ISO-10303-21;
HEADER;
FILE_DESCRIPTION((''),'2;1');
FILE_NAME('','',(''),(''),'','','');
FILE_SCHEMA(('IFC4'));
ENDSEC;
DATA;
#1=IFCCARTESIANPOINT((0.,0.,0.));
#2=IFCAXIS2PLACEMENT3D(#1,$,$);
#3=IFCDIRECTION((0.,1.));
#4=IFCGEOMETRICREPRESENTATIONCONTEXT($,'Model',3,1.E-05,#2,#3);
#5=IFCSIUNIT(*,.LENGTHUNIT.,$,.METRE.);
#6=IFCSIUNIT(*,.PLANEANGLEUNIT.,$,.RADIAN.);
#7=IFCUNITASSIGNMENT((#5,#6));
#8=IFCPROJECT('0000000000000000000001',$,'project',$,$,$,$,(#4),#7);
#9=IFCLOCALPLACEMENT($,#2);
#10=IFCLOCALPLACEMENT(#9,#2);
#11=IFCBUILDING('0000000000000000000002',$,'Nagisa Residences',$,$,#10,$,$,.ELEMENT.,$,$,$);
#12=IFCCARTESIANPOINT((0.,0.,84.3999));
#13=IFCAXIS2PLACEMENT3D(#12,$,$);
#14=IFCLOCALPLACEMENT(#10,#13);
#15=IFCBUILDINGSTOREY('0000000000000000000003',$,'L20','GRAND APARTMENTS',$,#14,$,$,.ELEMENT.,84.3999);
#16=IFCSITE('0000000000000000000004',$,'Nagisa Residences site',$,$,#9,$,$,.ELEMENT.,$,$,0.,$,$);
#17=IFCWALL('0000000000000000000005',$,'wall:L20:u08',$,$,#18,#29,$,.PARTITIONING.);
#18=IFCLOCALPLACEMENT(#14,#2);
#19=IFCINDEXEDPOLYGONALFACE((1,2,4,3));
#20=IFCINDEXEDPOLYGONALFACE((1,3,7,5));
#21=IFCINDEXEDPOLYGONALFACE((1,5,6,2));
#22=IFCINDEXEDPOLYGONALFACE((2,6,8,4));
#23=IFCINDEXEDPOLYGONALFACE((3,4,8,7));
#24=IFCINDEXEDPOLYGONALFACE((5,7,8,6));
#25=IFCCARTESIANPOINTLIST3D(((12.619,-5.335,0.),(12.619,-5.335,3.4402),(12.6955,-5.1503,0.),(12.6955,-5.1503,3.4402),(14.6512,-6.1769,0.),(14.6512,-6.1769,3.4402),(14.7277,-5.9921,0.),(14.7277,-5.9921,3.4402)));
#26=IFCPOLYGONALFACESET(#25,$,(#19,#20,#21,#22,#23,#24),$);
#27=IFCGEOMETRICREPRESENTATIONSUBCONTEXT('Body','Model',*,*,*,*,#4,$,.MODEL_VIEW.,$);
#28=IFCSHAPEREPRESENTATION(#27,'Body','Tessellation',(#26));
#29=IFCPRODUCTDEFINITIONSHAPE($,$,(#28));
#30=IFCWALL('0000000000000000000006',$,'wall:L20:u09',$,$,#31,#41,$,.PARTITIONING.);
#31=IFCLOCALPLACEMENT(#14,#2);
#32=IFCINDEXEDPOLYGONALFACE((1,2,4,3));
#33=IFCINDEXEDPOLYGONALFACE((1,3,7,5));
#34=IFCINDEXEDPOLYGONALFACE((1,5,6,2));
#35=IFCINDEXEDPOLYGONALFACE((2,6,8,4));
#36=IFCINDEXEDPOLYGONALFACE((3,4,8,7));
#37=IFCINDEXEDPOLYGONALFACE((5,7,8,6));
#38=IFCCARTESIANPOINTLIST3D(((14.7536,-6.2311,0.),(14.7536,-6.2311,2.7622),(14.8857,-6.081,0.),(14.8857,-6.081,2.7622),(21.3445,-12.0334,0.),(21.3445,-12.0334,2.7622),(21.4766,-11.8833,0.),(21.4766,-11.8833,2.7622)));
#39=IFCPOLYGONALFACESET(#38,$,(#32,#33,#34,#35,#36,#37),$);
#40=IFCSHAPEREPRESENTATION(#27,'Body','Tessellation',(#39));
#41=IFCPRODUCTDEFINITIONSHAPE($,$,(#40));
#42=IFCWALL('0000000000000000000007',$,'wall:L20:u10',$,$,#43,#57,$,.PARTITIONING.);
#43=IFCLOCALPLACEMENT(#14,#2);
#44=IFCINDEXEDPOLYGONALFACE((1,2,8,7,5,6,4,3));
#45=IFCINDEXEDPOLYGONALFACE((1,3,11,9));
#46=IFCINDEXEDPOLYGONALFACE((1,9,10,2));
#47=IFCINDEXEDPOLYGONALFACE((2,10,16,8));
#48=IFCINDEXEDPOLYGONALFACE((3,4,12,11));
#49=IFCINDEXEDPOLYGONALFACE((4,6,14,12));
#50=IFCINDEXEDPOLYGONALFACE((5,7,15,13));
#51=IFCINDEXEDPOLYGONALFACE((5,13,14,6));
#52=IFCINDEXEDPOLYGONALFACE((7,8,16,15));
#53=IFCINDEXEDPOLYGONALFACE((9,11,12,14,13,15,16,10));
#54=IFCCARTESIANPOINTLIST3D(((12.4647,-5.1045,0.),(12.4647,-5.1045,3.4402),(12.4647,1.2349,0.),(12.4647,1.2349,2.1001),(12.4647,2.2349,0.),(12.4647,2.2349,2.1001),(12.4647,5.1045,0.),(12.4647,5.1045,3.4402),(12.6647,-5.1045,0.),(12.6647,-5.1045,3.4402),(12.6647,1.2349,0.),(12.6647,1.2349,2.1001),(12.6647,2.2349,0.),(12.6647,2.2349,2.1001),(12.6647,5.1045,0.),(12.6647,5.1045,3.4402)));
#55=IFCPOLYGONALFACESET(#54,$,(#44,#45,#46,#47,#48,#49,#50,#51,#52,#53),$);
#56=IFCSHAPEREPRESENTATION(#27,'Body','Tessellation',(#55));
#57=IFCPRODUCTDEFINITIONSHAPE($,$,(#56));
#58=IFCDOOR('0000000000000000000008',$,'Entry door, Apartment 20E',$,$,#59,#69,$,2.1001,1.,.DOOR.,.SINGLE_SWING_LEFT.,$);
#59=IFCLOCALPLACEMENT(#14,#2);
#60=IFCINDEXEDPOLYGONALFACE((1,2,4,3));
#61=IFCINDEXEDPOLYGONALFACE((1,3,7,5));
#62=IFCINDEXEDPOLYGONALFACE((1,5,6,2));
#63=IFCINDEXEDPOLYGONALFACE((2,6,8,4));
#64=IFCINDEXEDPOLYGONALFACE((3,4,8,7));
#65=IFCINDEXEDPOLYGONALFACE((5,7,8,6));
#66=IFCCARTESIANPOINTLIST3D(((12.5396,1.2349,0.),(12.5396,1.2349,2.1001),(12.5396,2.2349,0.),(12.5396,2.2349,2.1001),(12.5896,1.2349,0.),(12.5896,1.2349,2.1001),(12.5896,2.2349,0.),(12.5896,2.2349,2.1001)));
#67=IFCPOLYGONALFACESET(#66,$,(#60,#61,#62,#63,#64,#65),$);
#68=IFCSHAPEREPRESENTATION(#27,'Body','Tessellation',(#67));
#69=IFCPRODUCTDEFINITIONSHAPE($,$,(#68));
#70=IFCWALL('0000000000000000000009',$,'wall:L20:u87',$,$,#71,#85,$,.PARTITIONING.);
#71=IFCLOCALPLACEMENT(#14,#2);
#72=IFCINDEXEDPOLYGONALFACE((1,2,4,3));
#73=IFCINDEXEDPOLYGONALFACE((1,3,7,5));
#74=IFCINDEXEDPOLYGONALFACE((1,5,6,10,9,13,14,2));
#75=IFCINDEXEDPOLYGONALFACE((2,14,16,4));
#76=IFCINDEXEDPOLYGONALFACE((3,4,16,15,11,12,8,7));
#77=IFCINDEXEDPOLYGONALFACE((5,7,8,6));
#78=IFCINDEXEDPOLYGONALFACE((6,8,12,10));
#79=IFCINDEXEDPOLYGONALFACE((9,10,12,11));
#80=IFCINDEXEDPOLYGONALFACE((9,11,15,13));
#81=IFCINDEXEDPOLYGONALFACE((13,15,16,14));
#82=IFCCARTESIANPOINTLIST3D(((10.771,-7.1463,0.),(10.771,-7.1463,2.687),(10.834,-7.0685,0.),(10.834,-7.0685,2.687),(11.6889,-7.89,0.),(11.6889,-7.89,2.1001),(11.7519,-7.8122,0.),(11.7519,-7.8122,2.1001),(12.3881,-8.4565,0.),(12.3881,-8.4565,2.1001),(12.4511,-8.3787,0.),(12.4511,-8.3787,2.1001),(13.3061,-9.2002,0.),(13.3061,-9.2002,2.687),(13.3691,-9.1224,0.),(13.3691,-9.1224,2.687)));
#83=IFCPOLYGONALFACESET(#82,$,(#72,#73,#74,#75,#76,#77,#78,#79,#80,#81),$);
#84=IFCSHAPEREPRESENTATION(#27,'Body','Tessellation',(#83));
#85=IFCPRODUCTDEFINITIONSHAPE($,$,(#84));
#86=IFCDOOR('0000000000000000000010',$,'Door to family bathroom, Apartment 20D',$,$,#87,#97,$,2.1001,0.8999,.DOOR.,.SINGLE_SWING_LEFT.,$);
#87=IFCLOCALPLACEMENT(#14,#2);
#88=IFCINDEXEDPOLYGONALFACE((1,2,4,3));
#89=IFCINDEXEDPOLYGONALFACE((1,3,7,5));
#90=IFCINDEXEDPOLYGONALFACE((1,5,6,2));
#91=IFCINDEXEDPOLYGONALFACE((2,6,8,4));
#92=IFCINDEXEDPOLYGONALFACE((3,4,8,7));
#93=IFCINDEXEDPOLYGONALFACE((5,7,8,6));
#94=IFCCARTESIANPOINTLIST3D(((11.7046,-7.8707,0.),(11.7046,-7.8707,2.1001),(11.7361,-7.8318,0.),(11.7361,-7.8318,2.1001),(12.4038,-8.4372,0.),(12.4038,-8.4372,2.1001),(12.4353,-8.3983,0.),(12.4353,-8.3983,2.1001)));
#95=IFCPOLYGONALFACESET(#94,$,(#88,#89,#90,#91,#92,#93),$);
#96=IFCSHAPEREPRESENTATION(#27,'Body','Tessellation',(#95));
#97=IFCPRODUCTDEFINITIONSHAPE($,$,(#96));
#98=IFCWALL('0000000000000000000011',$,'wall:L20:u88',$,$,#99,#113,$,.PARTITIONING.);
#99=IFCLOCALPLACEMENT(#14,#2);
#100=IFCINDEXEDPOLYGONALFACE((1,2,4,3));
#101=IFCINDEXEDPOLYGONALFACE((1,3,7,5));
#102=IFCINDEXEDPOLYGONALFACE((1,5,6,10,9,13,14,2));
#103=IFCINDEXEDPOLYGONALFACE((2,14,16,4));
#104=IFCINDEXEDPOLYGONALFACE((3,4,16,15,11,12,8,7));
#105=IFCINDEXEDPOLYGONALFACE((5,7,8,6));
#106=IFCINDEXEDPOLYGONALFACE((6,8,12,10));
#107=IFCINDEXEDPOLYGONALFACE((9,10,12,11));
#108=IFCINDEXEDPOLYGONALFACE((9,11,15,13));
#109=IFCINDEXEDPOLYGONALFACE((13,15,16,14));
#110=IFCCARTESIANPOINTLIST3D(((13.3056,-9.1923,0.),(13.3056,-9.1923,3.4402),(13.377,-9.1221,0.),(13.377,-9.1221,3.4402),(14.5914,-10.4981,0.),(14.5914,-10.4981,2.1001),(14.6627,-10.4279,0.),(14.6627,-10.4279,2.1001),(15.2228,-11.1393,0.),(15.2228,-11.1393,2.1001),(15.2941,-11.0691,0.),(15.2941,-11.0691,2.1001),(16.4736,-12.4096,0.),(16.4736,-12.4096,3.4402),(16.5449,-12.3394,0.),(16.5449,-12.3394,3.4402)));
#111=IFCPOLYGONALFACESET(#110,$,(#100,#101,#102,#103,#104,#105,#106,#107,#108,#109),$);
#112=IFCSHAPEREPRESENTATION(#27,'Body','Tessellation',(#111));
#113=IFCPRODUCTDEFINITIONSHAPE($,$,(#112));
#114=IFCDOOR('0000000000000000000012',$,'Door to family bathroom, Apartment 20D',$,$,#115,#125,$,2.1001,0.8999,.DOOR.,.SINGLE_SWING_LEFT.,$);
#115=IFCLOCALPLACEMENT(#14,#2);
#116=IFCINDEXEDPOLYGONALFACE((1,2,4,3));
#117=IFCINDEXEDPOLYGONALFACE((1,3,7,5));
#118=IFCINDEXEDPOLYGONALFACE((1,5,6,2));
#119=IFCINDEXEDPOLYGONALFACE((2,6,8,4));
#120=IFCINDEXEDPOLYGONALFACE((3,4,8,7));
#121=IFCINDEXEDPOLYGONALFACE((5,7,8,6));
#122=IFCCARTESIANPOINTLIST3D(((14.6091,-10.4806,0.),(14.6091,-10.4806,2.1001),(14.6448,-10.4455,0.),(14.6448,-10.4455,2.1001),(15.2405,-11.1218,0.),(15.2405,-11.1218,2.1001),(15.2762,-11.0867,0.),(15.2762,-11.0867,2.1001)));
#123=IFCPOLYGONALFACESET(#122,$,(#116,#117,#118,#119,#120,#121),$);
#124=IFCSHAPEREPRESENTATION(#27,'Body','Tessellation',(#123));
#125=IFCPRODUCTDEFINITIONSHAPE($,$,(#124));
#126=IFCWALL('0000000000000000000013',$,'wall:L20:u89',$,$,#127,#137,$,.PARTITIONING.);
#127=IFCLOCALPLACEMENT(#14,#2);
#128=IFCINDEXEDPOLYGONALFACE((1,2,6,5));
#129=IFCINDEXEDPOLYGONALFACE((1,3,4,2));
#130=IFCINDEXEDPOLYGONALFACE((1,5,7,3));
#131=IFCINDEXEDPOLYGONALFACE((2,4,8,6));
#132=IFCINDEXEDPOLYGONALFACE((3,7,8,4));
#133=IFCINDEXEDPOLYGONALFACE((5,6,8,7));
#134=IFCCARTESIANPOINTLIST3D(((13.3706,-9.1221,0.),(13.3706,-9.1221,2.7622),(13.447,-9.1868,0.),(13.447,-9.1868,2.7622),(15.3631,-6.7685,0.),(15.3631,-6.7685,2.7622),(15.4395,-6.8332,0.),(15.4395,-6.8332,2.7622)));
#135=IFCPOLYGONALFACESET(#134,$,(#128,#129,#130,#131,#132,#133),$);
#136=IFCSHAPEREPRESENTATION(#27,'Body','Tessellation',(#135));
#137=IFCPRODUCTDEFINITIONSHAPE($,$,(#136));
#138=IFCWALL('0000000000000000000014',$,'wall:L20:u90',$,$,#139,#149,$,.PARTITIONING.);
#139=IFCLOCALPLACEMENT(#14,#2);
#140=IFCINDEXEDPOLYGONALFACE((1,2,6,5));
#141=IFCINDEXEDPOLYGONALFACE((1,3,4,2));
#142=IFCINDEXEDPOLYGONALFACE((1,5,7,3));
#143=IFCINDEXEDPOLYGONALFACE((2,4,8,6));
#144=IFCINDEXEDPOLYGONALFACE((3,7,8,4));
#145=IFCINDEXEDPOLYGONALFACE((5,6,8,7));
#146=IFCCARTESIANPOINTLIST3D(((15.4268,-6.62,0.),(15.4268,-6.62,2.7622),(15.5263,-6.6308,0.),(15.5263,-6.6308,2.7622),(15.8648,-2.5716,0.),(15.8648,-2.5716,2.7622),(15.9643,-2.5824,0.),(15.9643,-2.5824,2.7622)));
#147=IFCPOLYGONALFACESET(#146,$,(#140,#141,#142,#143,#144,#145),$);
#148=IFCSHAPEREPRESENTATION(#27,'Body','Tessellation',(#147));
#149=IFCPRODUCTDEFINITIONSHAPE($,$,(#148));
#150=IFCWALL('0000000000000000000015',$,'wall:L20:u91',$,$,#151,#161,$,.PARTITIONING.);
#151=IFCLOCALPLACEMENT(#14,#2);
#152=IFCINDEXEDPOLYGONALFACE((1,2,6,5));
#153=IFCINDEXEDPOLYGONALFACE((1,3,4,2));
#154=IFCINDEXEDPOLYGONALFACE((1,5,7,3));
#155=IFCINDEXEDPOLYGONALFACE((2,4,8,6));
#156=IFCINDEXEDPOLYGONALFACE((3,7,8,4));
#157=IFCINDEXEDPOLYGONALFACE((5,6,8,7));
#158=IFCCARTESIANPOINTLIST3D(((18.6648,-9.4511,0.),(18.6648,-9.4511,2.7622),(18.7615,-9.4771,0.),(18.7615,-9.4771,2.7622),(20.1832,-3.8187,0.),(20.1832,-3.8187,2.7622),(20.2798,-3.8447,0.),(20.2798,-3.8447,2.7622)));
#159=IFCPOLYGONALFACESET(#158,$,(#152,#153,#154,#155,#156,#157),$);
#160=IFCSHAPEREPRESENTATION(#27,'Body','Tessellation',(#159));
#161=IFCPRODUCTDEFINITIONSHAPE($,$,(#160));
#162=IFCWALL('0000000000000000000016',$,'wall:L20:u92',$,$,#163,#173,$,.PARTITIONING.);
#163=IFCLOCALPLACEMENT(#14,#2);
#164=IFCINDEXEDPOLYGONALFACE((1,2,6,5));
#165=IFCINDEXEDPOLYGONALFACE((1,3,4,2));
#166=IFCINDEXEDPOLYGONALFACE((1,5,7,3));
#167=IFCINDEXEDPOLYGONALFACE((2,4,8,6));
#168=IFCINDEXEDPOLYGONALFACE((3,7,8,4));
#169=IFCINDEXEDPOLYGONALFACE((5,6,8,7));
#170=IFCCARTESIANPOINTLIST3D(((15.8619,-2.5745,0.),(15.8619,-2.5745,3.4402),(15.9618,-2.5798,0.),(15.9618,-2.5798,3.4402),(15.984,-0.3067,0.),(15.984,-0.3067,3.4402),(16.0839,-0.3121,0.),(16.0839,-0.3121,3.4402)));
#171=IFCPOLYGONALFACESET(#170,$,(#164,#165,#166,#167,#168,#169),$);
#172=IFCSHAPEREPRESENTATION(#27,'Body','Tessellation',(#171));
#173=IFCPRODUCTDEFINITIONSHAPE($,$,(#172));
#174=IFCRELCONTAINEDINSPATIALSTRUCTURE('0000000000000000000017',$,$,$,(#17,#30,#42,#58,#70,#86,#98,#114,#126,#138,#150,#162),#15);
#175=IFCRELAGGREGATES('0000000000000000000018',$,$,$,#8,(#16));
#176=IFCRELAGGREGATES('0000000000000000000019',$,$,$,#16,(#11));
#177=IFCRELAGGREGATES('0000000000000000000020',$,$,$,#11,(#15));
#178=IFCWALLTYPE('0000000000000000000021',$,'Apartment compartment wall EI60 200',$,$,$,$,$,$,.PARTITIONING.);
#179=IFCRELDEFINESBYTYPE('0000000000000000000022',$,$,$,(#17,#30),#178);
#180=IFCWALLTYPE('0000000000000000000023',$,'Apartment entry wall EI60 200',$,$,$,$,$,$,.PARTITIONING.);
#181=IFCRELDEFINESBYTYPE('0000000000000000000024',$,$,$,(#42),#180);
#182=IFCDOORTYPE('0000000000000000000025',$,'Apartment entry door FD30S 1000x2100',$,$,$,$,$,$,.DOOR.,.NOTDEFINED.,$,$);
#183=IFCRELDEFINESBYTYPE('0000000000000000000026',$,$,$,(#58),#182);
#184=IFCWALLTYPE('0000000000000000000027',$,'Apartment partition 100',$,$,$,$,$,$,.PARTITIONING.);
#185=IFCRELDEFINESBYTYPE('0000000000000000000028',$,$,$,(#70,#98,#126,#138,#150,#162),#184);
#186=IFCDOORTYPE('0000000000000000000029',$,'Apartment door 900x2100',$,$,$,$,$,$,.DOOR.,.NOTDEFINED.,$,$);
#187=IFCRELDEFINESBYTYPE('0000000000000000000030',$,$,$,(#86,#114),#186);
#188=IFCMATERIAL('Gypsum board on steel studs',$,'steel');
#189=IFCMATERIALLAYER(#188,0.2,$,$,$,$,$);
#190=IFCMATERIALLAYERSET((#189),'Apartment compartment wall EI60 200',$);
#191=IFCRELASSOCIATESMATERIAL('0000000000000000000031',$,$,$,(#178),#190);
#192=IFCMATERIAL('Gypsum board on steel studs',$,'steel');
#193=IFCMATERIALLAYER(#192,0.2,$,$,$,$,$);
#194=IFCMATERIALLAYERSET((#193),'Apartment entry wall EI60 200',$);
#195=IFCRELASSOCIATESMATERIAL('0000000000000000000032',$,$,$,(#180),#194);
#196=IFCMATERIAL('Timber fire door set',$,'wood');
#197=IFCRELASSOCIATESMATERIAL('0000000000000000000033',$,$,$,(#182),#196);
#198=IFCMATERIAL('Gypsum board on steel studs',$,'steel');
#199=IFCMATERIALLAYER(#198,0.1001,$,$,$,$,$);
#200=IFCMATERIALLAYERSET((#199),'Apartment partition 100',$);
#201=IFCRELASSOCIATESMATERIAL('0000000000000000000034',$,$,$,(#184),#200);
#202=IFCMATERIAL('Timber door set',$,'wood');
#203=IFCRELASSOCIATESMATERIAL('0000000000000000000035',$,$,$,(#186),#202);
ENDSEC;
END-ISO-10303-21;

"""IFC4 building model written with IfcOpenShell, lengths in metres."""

from ifc_helpers import new_model, si_unit, direction, frame, frame_2d, origin, place, context, subcontext, project, spatial, rectangle, extrude, material, layer, layer_set, type_object, element, fill, save


model = new_model("IFC4")

# Units and contexts
model_context = context("Model", 3, precision=1e-05, world=origin(), true_north=direction((0.0, 1.0)))
body_context = subcontext(model_context, "Body", "Model", "MODEL_VIEW")
ifc_project = project(units=[si_unit("LENGTHUNIT", "METRE"), si_unit("PLANEANGLEUNIT", "RADIAN")], contexts=[model_context])

# Site, building, storey
site_placement = place(None, origin())
site = spatial("IfcSite", under=ifc_project, at=site_placement, Name="Nagisa Residences site", CompositionType="ELEMENT", RefElevation=0.0)
building_placement = place(site_placement, origin())
building = spatial("IfcBuilding", under=site, at=building_placement, Name="Nagisa Residences", CompositionType="ELEMENT")
storey_placement = place(building_placement, frame((0.0, 0.0, 84.3999)))
storey = spatial("IfcBuildingStorey", under=building, at=storey_placement, Name="L20", Description="GRAND APARTMENTS", CompositionType="ELEMENT", Elevation=84.3999)

# Walls
ifc_material_1 = material(Name="Gypsum board on steel studs", Category="steel")
ifc_layer_1 = layer(ifc_material_1, 0.2)
ifc_layer_set_1 = layer_set([ifc_layer_1], Name="Apartment compartment wall EI60 200")
wall_type_1 = type_object("IfcWallType", Name="Apartment compartment wall EI60 200", PredefinedType="PARTITIONING", material=ifc_layer_set_1)
wall_1_placement = place(storey_placement, frame((12.6572, -5.2427, 0.0), z_axis=(0.0, 0.0, 1.0), x_axis=(0.923876, -0.382692, 0.0)))
element("IfcWall", 1, at=wall_1_placement, inside=storey, type_object=wall_type_1, Name="wall:L20:u08", PredefinedType="PARTITIONING", context=body_context, shape_type="SweptSolid", body=[
    extrude(rectangle(XDim=2.1997, YDim=0.2, at=frame_2d((1.0999, 0.0))), origin(), (0.0, 0.0, 1.0), 3.4402),
])
wall_2_placement = place(storey_placement, frame((14.8196, -6.156, 0.0), z_axis=(0.0, 0.0, 1.0), x_axis=(0.750582, -0.660777, 0.0)))
element("IfcWall", 2, at=wall_2_placement, inside=storey, type_object=wall_type_1, Name="wall:L20:u09", PredefinedType="PARTITIONING", context=body_context, shape_type="SweptSolid", body=[
    extrude(rectangle(XDim=8.781, YDim=0.2, at=frame_2d((4.3906, 0.0))), origin(), (0.0, 0.0, 1.0), 2.7622),
])

# Walls, openings, doors
ifc_material_2 = material(Name="Gypsum board on steel studs", Category="steel")
ifc_layer_2 = layer(ifc_material_2, 0.2)
ifc_layer_set_2 = layer_set([ifc_layer_2], Name="Apartment entry wall EI60 200")
wall_type_2 = type_object("IfcWallType", Name="Apartment entry wall EI60 200", PredefinedType="PARTITIONING", material=ifc_layer_set_2)
wall_3_placement = place(storey_placement, frame((12.5647, -5.1045, 0.0), z_axis=(0.0, 0.0, 1.0), x_axis=(0.0, 1.0, 0.0)))
wall_3 = element("IfcWall", 3, at=wall_3_placement, inside=storey, type_object=wall_type_2, Name="wall:L20:u10", PredefinedType="PARTITIONING", context=body_context, shape_type="SweptSolid", body=[
    extrude(rectangle(XDim=10.209, YDim=0.2, at=frame_2d((5.1045, 0.0))), origin(), (0.0, 0.0, 1.0), 3.4402),
])
opening_1_placement = place(wall_3_placement, frame((6.3394, 0.0, 0.0)))
opening_1 = element("IfcOpeningElement", 4, at=opening_1_placement, cuts=wall_3, PredefinedType="OPENING", context=body_context, shape_type="SweptSolid", body=[
    extrude(rectangle(XDim=1.0, YDim=2.1001, at=frame_2d((0.5, 1.05))), frame((0.0, 0.1099, 0.0), z_axis=(0.0, -1.0, 0.0), x_axis=(1.0, 0.0, 0.0)), (0.0, 0.0, 1.0), 0.22),
])
ifc_material_3 = material(Name="Timber fire door set", Category="wood")
door_type_1 = type_object("IfcDoorType", Name="Apartment entry door FD30S 1000x2100", OperationType="NOTDEFINED", PredefinedType="DOOR", material=ifc_material_3)
door_1_placement = place(opening_1_placement, frame((1.0, 0.0, 0.0), x_axis=(-1.0, 0.0, 0.0)))
door_1 = element("IfcDoor", 5, at=door_1_placement, inside=storey, type_object=door_type_1, Name="Entry door, Apartment 20E", OperationType="SINGLE_SWING_LEFT", OverallHeight=2.1001, OverallWidth=1.0, PredefinedType="DOOR", context=body_context, shape_type="SweptSolid", body=[
    extrude(rectangle(XDim=1.0, YDim=2.1001, at=frame_2d((0.5, 1.05))), frame((0.0, 0.0249, 0.0), z_axis=(0.0, -1.0, 0.0), x_axis=(1.0, 0.0, 0.0)), (0.0, 0.0, 1.0), 0.05),
])
fill(opening_1, door_1)
ifc_material_4 = material(Name="Gypsum board on steel studs", Category="steel")
ifc_layer_3 = layer(ifc_material_4, 0.1001)
ifc_layer_set_3 = layer_set([ifc_layer_3], Name="Apartment partition 100")
wall_type_3 = type_object("IfcWallType", Name="Apartment partition 100", PredefinedType="PARTITIONING", material=ifc_layer_set_3)
wall_4_placement = place(storey_placement, frame((10.8025, -7.1074, 0.0), z_axis=(0.0, 0.0, 1.0), x_axis=(0.776992, -0.62951, 0.0)))
wall_4 = element("IfcWall", 6, at=wall_4_placement, inside=storey, type_object=wall_type_3, Name="wall:L20:u87", PredefinedType="PARTITIONING", context=body_context, shape_type="SweptSolid", body=[
    extrude(rectangle(XDim=3.2627, YDim=0.1001, at=frame_2d((1.6313, 0.0))), origin(), (0.0, 0.0, 1.0), 2.687),
])
opening_2_placement = place(wall_4_placement, frame((1.1814, 0.0, 0.0)))
opening_2 = element("IfcOpeningElement", 7, at=opening_2_placement, cuts=wall_4, PredefinedType="OPENING", context=body_context, shape_type="SweptSolid", body=[
    extrude(rectangle(XDim=0.8999, YDim=2.1001, at=frame_2d((0.45, 1.05))), frame((0.0, 0.0601, 0.0), z_axis=(0.0, -1.0, 0.0), x_axis=(1.0, 0.0, 0.0)), (0.0, 0.0, 1.0), 0.1201),
])
ifc_material_5 = material(Name="Timber door set", Category="wood")
door_type_2 = type_object("IfcDoorType", Name="Apartment door 900x2100", OperationType="NOTDEFINED", PredefinedType="DOOR", material=ifc_material_5)
door_2_placement = place(opening_2_placement, origin())
door_2 = element("IfcDoor", 8, at=door_2_placement, inside=storey, type_object=door_type_2, Name="Door to family bathroom, Apartment 20D", OperationType="SINGLE_SWING_LEFT", OverallHeight=2.1001, OverallWidth=0.8999, PredefinedType="DOOR", context=body_context, shape_type="SweptSolid", body=[
    extrude(rectangle(XDim=0.8999, YDim=2.1001, at=frame_2d((0.45, 1.05))), frame((0.0, 0.0249, 0.0), z_axis=(0.0, -1.0, 0.0), x_axis=(1.0, 0.0, 0.0)), (0.0, 0.0, 1.0), 0.05),
])
fill(opening_2, door_2)
wall_5_placement = place(storey_placement, frame((13.3413, -9.1572, 0.0), z_axis=(0.0, 0.0, 1.0), x_axis=(0.701625, -0.712547, 0.0)))
wall_5 = element("IfcWall", 9, at=wall_5_placement, inside=storey, type_object=wall_type_3, Name="wall:L20:u88", PredefinedType="PARTITIONING", context=body_context, shape_type="SweptSolid", body=[
    extrude(rectangle(XDim=4.5151, YDim=0.1001, at=frame_2d((2.2576, 0.0))), origin(), (0.0, 0.0, 1.0), 3.4402),
])
opening_3_placement = place(wall_5_placement, frame((1.8325, 0.0, 0.0)))
opening_3 = element("IfcOpeningElement", 10, at=opening_3_placement, cuts=wall_5, PredefinedType="OPENING", context=body_context, shape_type="SweptSolid", body=[
    extrude(rectangle(XDim=0.8999, YDim=2.1001, at=frame_2d((0.45, 1.05))), frame((0.0, 0.0601, 0.0), z_axis=(0.0, -1.0, 0.0), x_axis=(1.0, 0.0, 0.0)), (0.0, 0.0, 1.0), 0.1201),
])
door_3_placement = place(opening_3_placement, origin())
door_3 = element("IfcDoor", 11, at=door_3_placement, inside=storey, type_object=door_type_2, Name="Door to family bathroom, Apartment 20D", OperationType="SINGLE_SWING_LEFT", OverallHeight=2.1001, OverallWidth=0.8999, PredefinedType="DOOR", context=body_context, shape_type="SweptSolid", body=[
    extrude(rectangle(XDim=0.8999, YDim=2.1001, at=frame_2d((0.45, 1.05))), frame((0.0, 0.0249, 0.0), z_axis=(0.0, -1.0, 0.0), x_axis=(1.0, 0.0, 0.0)), (0.0, 0.0, 1.0), 0.05),
])
fill(opening_3, door_3)

# Walls
wall_6_placement = place(storey_placement, frame((13.4087, -9.1545, 0.0), z_axis=(0.0, 0.0, 1.0), x_axis=(0.64613, 0.763227, 0.0)))
element("IfcWall", 12, at=wall_6_placement, inside=storey, type_object=wall_type_3, Name="wall:L20:u89", PredefinedType="PARTITIONING", context=body_context, shape_type="SweptSolid", body=[
    extrude(rectangle(XDim=3.0837, YDim=0.1001, at=frame_2d((1.542, 0.0))), origin(), (0.0, 0.0, 1.0), 2.7622),
])
wall_7_placement = place(storey_placement, frame((15.4766, -6.6255, 0.0), z_axis=(0.0, 0.0, 1.0), x_axis=(0.107562, 0.994198, 0.0)))
element("IfcWall", 13, at=wall_7_placement, inside=storey, type_object=wall_type_3, Name="wall:L20:u90", PredefinedType="PARTITIONING", context=body_context, shape_type="SweptSolid", body=[
    extrude(rectangle(XDim=4.072, YDim=0.1001, at=frame_2d((2.0361, 0.0))), origin(), (0.0, 0.0, 1.0), 2.7622),
])
wall_8_placement = place(storey_placement, frame((18.7131, -9.4641, 0.0), z_axis=(0.0, 0.0, 1.0), x_axis=(0.26028, 0.965533, 0.0)))
element("IfcWall", 14, at=wall_8_placement, inside=storey, type_object=wall_type_3, Name="wall:L20:u91", PredefinedType="PARTITIONING", context=body_context, shape_type="SweptSolid", body=[
    extrude(rectangle(XDim=5.8335, YDim=0.1001, at=frame_2d((2.9167, 0.0))), origin(), (0.0, 0.0, 1.0), 2.7622),
])
wall_9_placement = place(storey_placement, frame((15.9119, -2.5771, 0.0), z_axis=(0.0, 0.0, 1.0), x_axis=(0.053749, 0.998554, 0.0)))
element("IfcWall", 15, at=wall_9_placement, inside=storey, type_object=wall_type_3, Name="wall:L20:u92", PredefinedType="PARTITIONING", context=body_context, shape_type="SweptSolid", body=[
    extrude(rectangle(XDim=2.271, YDim=0.1001, at=frame_2d((1.1355, 0.0))), origin(), (0.0, 0.0, 1.0), 3.4402),
])

save(model, "model.ifc")
